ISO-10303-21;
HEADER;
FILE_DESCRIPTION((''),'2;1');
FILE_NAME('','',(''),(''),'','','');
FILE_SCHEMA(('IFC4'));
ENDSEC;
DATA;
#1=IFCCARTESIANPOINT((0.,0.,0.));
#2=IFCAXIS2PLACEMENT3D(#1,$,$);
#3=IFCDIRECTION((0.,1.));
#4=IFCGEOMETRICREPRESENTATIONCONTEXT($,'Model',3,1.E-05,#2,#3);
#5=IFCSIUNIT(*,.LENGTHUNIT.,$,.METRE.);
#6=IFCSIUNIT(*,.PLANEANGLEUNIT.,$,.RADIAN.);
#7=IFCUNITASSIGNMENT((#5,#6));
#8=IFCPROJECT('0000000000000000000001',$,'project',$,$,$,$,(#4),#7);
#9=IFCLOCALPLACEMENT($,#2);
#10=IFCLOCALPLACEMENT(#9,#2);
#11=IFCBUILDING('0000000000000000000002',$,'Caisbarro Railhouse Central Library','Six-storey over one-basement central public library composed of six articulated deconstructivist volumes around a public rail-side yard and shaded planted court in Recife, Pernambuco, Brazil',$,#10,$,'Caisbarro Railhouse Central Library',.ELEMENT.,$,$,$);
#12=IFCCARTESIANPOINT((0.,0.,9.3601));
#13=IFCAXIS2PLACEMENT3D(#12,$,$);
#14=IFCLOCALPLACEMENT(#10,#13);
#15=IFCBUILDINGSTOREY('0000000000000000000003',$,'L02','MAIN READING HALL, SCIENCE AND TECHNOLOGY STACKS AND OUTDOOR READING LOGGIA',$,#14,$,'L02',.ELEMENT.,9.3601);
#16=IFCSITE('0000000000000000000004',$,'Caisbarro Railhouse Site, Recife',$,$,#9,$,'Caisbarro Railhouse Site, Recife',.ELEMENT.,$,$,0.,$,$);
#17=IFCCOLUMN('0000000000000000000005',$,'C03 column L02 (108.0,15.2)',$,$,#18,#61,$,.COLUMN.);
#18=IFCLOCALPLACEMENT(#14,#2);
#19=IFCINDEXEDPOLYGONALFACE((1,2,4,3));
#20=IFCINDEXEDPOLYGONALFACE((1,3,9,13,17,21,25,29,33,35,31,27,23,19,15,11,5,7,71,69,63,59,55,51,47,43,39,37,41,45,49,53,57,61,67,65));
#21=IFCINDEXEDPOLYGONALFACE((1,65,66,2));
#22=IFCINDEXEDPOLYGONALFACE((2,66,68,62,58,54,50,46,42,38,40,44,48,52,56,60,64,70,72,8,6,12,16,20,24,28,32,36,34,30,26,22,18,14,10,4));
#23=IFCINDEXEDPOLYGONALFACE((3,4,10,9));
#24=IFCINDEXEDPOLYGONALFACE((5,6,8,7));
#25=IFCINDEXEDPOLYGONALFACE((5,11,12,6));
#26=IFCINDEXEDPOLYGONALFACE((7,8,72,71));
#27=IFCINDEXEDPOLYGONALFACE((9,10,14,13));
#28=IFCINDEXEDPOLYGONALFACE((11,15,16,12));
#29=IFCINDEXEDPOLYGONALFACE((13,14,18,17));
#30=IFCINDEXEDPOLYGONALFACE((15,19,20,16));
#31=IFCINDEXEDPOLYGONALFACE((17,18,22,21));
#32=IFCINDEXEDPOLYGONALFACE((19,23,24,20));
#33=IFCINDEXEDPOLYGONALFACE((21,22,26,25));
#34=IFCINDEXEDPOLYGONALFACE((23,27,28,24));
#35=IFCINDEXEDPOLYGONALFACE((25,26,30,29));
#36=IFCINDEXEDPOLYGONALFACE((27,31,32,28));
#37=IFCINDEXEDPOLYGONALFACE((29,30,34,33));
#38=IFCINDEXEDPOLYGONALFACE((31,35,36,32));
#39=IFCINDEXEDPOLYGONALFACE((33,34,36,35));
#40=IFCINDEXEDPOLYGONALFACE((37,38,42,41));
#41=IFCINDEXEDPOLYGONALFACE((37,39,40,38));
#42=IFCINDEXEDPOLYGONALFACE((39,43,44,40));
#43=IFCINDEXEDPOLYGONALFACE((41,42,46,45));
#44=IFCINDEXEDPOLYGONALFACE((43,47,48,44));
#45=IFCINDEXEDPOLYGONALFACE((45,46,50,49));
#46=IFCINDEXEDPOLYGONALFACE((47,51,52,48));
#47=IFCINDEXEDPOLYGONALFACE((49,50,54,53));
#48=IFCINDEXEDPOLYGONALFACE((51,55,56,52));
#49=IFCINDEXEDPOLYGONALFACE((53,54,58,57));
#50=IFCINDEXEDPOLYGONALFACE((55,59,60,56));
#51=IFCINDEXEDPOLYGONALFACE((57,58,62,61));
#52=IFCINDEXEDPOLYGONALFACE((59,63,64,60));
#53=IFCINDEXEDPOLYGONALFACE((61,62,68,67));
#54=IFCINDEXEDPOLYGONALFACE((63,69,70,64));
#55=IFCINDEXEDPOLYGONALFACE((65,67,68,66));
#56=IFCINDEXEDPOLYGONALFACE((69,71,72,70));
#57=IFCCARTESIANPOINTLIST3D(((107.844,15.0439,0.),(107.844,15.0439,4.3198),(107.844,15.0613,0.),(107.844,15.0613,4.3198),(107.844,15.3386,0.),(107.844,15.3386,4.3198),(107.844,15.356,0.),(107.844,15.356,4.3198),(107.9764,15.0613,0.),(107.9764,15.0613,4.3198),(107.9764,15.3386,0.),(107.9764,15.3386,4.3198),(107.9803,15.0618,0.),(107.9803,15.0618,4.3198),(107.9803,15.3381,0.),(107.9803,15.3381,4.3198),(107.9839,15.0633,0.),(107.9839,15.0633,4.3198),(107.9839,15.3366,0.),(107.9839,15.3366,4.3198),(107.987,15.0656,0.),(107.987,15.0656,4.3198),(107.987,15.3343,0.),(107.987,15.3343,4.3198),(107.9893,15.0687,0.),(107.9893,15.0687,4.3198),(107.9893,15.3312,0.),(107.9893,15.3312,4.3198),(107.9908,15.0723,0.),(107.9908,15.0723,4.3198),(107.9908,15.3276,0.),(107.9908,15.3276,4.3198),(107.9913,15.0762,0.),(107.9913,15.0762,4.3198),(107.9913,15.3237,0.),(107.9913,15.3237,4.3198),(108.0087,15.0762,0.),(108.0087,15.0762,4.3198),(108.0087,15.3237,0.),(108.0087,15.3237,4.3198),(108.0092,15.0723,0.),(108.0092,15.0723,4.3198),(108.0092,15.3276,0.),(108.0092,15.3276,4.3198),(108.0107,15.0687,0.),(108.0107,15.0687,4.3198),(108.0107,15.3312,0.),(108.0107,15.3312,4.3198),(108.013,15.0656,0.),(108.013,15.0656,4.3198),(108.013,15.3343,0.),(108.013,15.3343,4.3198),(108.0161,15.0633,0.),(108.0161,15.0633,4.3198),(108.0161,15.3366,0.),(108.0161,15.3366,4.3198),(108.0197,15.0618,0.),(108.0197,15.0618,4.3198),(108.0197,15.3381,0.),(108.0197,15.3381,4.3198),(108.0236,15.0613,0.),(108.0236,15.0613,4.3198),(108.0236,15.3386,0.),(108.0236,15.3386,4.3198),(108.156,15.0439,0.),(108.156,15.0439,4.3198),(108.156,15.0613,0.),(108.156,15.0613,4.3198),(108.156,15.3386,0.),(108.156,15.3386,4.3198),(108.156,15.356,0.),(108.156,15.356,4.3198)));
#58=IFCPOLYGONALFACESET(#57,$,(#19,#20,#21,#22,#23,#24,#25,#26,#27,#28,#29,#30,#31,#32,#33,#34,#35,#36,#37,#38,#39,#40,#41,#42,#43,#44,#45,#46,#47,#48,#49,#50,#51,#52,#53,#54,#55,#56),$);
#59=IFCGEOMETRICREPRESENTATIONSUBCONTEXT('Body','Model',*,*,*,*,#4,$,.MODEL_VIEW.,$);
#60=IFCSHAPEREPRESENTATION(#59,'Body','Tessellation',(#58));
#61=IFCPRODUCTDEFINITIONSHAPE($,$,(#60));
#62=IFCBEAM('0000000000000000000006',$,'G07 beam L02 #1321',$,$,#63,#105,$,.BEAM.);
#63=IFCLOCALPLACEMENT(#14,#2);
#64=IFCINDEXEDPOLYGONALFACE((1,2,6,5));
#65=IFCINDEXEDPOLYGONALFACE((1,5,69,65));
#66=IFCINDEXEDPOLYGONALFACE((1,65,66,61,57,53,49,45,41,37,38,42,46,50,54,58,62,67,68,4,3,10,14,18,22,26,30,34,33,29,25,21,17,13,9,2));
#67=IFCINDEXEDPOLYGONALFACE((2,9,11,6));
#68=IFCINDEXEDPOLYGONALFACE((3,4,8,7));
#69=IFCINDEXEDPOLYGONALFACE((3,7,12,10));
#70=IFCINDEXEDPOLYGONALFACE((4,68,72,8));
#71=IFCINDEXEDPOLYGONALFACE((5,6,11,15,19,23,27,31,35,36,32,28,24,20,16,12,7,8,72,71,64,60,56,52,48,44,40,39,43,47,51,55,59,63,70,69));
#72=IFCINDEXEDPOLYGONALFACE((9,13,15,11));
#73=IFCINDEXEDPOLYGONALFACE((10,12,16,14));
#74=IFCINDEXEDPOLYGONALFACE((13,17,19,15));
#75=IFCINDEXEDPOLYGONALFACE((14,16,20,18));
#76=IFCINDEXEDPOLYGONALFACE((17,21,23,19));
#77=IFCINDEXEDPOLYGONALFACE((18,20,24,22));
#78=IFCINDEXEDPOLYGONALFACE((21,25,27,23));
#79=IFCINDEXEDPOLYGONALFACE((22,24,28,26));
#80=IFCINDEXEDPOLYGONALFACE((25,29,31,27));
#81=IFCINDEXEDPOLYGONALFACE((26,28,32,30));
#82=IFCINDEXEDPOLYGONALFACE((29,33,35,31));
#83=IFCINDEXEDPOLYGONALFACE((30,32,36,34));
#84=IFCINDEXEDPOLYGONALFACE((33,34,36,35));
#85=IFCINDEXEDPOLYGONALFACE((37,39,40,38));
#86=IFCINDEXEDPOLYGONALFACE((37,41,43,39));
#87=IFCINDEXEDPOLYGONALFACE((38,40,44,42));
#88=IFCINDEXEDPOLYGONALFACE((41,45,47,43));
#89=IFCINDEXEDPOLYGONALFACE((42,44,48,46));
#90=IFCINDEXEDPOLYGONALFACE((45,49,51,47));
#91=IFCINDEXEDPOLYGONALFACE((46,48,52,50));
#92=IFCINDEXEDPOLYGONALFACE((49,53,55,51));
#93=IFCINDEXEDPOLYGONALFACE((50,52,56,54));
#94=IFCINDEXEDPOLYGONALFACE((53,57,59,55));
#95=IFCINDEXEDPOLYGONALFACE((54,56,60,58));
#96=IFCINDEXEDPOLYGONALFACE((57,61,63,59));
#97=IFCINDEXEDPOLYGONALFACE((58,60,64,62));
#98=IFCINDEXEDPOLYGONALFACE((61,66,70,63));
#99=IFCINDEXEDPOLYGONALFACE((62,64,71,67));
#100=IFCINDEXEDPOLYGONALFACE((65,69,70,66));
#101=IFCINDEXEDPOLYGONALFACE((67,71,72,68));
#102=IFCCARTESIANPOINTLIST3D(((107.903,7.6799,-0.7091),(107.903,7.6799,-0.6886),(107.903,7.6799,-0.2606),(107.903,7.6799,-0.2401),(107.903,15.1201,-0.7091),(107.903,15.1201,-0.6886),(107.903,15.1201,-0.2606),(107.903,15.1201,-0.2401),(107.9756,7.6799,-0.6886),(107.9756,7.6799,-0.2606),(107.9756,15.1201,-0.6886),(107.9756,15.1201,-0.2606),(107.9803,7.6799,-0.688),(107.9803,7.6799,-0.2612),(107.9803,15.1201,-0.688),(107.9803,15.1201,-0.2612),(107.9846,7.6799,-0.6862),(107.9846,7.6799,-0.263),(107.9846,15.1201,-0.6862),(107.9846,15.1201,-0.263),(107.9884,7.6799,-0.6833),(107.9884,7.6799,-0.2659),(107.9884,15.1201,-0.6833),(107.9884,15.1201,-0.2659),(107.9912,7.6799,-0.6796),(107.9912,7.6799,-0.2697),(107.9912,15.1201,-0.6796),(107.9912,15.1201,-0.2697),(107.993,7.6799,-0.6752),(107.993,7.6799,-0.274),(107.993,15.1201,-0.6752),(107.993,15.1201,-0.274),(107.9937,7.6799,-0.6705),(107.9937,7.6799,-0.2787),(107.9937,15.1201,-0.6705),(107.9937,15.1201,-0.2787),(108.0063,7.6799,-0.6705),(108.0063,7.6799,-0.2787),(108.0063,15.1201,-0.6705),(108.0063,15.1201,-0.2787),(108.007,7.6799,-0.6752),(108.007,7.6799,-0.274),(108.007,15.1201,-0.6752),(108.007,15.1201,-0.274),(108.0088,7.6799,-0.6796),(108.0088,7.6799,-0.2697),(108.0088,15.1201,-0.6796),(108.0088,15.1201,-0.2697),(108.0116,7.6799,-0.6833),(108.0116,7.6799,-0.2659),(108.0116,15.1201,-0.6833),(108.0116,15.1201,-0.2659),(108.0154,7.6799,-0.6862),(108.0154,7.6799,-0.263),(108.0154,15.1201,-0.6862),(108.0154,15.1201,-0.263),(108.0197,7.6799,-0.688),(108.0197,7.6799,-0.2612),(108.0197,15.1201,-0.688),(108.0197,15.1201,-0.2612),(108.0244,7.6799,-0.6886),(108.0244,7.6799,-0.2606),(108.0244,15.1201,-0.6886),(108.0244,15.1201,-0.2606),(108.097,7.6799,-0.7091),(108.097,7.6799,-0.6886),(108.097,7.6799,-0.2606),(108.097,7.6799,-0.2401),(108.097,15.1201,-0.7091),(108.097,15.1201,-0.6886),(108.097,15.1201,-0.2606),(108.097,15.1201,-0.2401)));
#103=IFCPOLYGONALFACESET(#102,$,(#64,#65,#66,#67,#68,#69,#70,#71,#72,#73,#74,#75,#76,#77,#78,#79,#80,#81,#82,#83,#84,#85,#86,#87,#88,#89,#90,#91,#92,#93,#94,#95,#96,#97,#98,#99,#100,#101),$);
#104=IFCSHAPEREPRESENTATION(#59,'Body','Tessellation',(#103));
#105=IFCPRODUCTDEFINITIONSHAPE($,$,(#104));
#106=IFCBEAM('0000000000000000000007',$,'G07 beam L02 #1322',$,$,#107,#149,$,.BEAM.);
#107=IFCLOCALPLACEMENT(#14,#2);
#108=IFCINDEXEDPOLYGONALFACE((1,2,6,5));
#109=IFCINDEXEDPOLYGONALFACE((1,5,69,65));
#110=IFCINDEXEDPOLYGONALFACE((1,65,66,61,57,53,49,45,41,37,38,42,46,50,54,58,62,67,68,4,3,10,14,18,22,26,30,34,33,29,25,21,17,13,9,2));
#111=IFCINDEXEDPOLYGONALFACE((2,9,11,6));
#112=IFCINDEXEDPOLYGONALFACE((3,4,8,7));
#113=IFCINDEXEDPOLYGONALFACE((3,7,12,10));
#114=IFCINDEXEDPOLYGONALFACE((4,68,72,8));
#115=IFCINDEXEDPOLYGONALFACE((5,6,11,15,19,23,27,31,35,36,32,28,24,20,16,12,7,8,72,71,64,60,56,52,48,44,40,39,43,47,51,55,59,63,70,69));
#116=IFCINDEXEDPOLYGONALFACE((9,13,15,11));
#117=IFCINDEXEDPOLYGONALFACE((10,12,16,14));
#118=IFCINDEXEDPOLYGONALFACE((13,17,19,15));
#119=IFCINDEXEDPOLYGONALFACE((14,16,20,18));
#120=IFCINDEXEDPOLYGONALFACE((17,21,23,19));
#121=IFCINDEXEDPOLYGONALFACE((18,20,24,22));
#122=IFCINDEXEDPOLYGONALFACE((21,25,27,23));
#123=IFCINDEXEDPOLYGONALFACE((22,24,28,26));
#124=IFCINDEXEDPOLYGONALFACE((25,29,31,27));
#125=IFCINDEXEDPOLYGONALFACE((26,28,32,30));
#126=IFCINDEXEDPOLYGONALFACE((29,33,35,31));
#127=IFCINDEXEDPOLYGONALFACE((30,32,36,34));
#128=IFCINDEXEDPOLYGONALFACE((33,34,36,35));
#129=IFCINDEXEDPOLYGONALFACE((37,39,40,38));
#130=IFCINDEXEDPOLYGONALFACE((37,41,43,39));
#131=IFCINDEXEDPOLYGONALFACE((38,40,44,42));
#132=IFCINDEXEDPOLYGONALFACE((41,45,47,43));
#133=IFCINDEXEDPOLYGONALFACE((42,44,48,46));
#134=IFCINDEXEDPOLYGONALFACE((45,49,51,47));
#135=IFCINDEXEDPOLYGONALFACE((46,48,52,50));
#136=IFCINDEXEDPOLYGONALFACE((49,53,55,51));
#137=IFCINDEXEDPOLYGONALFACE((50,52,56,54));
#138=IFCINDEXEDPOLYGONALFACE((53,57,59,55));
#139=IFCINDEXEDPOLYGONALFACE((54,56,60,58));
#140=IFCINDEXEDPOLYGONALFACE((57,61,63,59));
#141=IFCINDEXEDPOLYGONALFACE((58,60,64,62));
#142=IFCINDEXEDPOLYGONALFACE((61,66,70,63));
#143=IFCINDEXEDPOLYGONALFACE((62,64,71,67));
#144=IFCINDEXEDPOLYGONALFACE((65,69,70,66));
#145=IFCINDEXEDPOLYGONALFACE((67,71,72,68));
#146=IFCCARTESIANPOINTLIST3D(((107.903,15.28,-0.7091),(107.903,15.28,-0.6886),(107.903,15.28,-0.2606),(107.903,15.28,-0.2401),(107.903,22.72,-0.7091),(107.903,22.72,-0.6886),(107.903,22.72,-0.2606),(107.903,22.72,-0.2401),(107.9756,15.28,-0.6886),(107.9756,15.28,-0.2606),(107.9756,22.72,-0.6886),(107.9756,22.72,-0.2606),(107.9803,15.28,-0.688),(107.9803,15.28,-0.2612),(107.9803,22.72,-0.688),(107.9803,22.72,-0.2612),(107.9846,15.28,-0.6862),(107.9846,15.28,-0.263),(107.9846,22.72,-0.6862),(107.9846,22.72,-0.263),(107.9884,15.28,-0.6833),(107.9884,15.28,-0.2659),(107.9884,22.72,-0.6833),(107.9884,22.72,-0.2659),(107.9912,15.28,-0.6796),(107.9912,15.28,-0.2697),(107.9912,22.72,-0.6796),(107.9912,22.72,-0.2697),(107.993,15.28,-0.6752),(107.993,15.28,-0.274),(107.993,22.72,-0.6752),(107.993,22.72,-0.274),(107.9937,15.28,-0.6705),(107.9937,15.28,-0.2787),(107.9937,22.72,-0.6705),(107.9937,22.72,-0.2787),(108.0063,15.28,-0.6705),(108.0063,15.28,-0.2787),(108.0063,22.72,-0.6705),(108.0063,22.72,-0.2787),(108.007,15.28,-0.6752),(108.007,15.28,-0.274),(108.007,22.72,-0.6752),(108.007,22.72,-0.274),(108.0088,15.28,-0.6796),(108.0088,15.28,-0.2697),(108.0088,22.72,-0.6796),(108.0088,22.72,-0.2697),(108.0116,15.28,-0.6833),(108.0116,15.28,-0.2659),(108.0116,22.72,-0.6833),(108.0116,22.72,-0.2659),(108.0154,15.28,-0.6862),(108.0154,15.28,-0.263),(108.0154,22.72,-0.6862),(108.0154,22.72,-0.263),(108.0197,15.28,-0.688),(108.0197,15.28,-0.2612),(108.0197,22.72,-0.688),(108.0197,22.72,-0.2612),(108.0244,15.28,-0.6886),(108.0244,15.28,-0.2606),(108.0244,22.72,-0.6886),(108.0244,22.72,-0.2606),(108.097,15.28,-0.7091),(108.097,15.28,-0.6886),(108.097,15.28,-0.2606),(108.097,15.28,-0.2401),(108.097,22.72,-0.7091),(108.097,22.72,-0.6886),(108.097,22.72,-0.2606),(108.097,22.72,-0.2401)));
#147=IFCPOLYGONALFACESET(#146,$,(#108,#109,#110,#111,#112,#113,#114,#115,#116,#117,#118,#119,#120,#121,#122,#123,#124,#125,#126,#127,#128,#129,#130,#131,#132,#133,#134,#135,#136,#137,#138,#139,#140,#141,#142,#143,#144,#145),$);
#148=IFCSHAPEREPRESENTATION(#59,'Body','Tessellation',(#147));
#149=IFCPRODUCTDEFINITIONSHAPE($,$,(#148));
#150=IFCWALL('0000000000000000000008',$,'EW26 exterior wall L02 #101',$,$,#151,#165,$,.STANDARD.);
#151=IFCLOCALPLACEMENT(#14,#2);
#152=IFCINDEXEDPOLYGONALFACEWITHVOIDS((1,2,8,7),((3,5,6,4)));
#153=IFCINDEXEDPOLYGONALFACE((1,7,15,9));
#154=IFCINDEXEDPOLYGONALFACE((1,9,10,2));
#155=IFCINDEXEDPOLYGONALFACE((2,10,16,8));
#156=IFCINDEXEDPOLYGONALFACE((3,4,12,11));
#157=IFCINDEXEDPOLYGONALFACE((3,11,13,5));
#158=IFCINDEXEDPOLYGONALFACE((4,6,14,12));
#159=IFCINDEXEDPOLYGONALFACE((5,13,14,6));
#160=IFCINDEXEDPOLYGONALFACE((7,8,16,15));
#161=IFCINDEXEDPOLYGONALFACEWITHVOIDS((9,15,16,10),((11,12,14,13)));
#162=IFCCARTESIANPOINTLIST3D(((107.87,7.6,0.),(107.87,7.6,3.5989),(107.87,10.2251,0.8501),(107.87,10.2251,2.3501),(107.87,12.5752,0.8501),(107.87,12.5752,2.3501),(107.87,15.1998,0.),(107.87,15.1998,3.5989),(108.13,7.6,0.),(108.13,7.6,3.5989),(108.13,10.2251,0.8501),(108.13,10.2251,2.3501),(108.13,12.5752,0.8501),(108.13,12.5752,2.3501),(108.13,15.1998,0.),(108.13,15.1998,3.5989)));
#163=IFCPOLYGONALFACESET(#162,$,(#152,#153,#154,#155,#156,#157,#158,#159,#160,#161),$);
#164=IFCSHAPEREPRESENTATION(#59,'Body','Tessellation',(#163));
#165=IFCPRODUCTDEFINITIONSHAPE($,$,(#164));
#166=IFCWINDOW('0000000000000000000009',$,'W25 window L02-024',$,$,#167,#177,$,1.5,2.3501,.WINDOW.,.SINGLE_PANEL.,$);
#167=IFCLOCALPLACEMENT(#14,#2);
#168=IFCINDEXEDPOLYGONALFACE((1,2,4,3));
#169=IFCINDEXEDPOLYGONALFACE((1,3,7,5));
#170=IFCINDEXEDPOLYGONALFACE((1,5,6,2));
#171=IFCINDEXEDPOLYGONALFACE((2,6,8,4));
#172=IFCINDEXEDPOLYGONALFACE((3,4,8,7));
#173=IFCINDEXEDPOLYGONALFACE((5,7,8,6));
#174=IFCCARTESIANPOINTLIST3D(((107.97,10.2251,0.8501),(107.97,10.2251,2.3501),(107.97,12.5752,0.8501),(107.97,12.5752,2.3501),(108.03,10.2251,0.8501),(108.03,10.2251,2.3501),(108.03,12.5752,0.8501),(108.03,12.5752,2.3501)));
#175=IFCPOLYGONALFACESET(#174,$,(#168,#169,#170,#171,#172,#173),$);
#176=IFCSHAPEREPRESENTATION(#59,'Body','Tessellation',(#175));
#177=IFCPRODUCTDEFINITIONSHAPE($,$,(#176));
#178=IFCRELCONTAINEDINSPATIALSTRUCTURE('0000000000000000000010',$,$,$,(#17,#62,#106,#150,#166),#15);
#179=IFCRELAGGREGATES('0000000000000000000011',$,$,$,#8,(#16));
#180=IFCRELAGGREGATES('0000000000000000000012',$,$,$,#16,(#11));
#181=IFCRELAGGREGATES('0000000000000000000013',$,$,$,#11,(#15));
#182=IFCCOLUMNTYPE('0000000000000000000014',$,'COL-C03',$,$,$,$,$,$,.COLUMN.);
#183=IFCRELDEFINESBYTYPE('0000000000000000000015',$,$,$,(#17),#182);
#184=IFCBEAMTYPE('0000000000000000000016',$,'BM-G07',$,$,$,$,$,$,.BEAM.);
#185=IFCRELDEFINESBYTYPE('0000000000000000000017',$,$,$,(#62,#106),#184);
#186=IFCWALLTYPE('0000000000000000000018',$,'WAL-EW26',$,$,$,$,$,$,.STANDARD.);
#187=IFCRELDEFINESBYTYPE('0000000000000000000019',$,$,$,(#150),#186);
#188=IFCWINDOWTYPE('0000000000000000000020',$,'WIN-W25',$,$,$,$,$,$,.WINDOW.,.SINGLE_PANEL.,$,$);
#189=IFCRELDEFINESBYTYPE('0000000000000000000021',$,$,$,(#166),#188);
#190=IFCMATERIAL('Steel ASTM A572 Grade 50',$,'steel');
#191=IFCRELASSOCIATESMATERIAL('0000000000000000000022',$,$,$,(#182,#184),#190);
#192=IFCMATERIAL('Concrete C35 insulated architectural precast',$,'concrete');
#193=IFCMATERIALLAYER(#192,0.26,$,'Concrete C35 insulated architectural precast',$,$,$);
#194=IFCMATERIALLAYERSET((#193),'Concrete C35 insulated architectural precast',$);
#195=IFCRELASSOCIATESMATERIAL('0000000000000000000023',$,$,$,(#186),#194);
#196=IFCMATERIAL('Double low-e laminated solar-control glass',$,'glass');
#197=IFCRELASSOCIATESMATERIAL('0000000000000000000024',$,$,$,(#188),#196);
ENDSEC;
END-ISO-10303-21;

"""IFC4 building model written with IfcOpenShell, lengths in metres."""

from ifc_helpers import new_model, si_unit, direction, frame, frame_2d, origin, origin_2d, place, context, subcontext, project, spatial, rectangle, i_section, extrude, material, layer, layer_set, material_profile, profile_set, type_object, element, fill, save


model = new_model("IFC4")

# Units and contexts
model_context = context("Model", 3, precision=1e-05, world=origin(), true_north=direction((0.0, 1.0)))
body_context = subcontext(model_context, "Body", "Model", "MODEL_VIEW")
ifc_project = project(units=[si_unit("LENGTHUNIT", "METRE"), si_unit("PLANEANGLEUNIT", "RADIAN")], contexts=[model_context])

# Site, building, storey
site_placement = place(None, origin())
site = spatial("IfcSite", under=ifc_project, at=site_placement, Name="Caisbarro Railhouse Site, Recife", LongName="Caisbarro Railhouse Site, Recife", CompositionType="ELEMENT", RefElevation=0.0)
building_placement = place(site_placement, origin())
building = spatial("IfcBuilding", under=site, at=building_placement, Name="Caisbarro Railhouse Central Library", Description="Six-storey over one-basement central public library composed of six articulated deconstructivist volumes around a public rail-side yard and shaded planted court in Recife, Pernambuco, Brazil", LongName="Caisbarro Railhouse Central Library", CompositionType="ELEMENT")
storey_placement = place(building_placement, frame((0.0, 0.0, 9.3601)))
storey = spatial("IfcBuildingStorey", under=building, at=storey_placement, Name="L02", Description="MAIN READING HALL, SCIENCE AND TECHNOLOGY STACKS AND OUTDOOR READING LOGGIA", LongName="L02", CompositionType="ELEMENT", Elevation=9.3601)

# Column
ifc_material_1 = material(Name="Steel ASTM A572 Grade 50", Category="steel")
ifc_material_profile_1 = material_profile(ifc_material_1, i_section(OverallWidth=0.312, OverallDepth=0.312, WebThickness=0.0173, FlangeThickness=0.0173, FilletRadius=0.0149, at=origin_2d()), Name="HP310X125.0")
ifc_profile_set_1 = profile_set([ifc_material_profile_1], Name="Steel ASTM A572 Grade 50")
column_type = type_object("IfcColumnType", Name="COL-C03", PredefinedType="COLUMN", material=ifc_profile_set_1)
column_placement = place(storey_placement, frame((108.0, 15.2, 0.0), z_axis=(0.0, 0.0, 1.0), x_axis=(1.0, 0.0, 0.0)))
element("IfcColumn", 1, at=column_placement, inside=storey, type_object=column_type, Name="C03 column L02 (108.0,15.2)", PredefinedType="COLUMN", context=body_context, shape_type="SweptSolid", body=[
    extrude(i_section(OverallWidth=0.312, OverallDepth=0.312, WebThickness=0.0173, FlangeThickness=0.0173, FilletRadius=0.0149, at=origin_2d()), origin(), (0.0, 0.0, 1.0), 4.3198),
])

# Beams
ifc_material_profile_2 = material_profile(ifc_material_1, i_section(OverallWidth=0.1941, OverallDepth=0.469, WebThickness=0.0127, FlangeThickness=0.0205, FilletRadius=0.0181, at=origin_2d()), Name="W460X106.0")
ifc_profile_set_2 = profile_set([ifc_material_profile_2], Name="Steel ASTM A572 Grade 50")
beam_type = type_object("IfcBeamType", Name="BM-G07", PredefinedType="BEAM", material=ifc_profile_set_2)
beam_1_placement = place(storey_placement, frame((108.0, 7.6799, -0.4746), z_axis=(0.0, 1.0, 0.0), x_axis=(-1.0, 0.0, 0.0)))
element("IfcBeam", 2, at=beam_1_placement, inside=storey, type_object=beam_type, Name="G07 beam L02 #1321", PredefinedType="BEAM", context=body_context, shape_type="SweptSolid", body=[
    extrude(i_section(OverallWidth=0.1941, OverallDepth=0.469, WebThickness=0.0127, FlangeThickness=0.0205, FilletRadius=0.0181, at=origin_2d()), origin(), (0.0, 0.0, 1.0), 7.4402),
])
beam_2_placement = place(storey_placement, frame((108.0, 15.28, -0.4746), z_axis=(0.0, 1.0, 0.0), x_axis=(-1.0, 0.0, 0.0)))
element("IfcBeam", 3, at=beam_2_placement, inside=storey, type_object=beam_type, Name="G07 beam L02 #1322", PredefinedType="BEAM", context=body_context, shape_type="SweptSolid", body=[
    extrude(i_section(OverallWidth=0.1941, OverallDepth=0.469, WebThickness=0.0127, FlangeThickness=0.0205, FilletRadius=0.0181, at=origin_2d()), origin(), (0.0, 0.0, 1.0), 7.4399),
])

# Wall, opening, window
ifc_material_2 = material(Name="Concrete C35 insulated architectural precast", Category="concrete")
ifc_layer_1 = layer(ifc_material_2, 0.26, Name="Concrete C35 insulated architectural precast")
ifc_layer_set_1 = layer_set([ifc_layer_1], Name="Concrete C35 insulated architectural precast")
wall_type_1 = type_object("IfcWallType", Name="WAL-EW26", PredefinedType="STANDARD", material=ifc_layer_set_1)
wall_1_placement = place(storey_placement, frame((108.0, 7.6001, 0.0), z_axis=(0.0, 0.0, 1.0), x_axis=(0.0, 1.0, 0.0)))
wall_1 = element("IfcWall", 4, at=wall_1_placement, inside=storey, type_object=wall_type_1, Name="EW26 exterior wall L02 #101", PredefinedType="STANDARD", context=body_context, shape_type="SweptSolid", body=[
    extrude(rectangle(XDim=7.5999, YDim=0.26, at=frame_2d((3.7998, 0.0))), origin(), (0.0, 0.0, 1.0), 3.5989),
])
opening_1_placement = place(wall_1_placement, frame((2.625, 0.0, 0.8501)))
opening_1 = element("IfcOpeningElement", 5, at=opening_1_placement, cuts=wall_1, PredefinedType="OPENING", context=body_context, shape_type="SweptSolid", body=[
    extrude(rectangle(XDim=2.3501, YDim=1.5, at=frame_2d((1.175, 0.75))), frame((0.0, 0.1401, 0.0), z_axis=(0.0, -1.0, 0.0), x_axis=(1.0, 0.0, 0.0)), (0.0, 0.0, 1.0), 0.28),
])
ifc_material_3 = material(Name="Double low-e laminated solar-control glass", Category="glass")
window_type_1 = type_object("IfcWindowType", Name="WIN-W25", PartitioningType="SINGLE_PANEL", PredefinedType="WINDOW", material=ifc_material_3)
window_1_placement = place(opening_1_placement, origin())
window_1 = element("IfcWindow", 6, at=window_1_placement, inside=storey, type_object=window_type_1, Name="W25 window L02-024", OverallHeight=1.5, OverallWidth=2.3501, PartitioningType="SINGLE_PANEL", PredefinedType="WINDOW", context=body_context, shape_type="SweptSolid", body=[
    extrude(rectangle(XDim=2.3501, YDim=1.5, at=frame_2d((1.175, 0.75))), frame((0.0, 0.03, 0.0), z_axis=(0.0, -1.0, 0.0), x_axis=(1.0, 0.0, 0.0)), (0.0, 0.0, 1.0), 0.0601),
])
fill(opening_1, window_1)

save(model, "model.ifc")
